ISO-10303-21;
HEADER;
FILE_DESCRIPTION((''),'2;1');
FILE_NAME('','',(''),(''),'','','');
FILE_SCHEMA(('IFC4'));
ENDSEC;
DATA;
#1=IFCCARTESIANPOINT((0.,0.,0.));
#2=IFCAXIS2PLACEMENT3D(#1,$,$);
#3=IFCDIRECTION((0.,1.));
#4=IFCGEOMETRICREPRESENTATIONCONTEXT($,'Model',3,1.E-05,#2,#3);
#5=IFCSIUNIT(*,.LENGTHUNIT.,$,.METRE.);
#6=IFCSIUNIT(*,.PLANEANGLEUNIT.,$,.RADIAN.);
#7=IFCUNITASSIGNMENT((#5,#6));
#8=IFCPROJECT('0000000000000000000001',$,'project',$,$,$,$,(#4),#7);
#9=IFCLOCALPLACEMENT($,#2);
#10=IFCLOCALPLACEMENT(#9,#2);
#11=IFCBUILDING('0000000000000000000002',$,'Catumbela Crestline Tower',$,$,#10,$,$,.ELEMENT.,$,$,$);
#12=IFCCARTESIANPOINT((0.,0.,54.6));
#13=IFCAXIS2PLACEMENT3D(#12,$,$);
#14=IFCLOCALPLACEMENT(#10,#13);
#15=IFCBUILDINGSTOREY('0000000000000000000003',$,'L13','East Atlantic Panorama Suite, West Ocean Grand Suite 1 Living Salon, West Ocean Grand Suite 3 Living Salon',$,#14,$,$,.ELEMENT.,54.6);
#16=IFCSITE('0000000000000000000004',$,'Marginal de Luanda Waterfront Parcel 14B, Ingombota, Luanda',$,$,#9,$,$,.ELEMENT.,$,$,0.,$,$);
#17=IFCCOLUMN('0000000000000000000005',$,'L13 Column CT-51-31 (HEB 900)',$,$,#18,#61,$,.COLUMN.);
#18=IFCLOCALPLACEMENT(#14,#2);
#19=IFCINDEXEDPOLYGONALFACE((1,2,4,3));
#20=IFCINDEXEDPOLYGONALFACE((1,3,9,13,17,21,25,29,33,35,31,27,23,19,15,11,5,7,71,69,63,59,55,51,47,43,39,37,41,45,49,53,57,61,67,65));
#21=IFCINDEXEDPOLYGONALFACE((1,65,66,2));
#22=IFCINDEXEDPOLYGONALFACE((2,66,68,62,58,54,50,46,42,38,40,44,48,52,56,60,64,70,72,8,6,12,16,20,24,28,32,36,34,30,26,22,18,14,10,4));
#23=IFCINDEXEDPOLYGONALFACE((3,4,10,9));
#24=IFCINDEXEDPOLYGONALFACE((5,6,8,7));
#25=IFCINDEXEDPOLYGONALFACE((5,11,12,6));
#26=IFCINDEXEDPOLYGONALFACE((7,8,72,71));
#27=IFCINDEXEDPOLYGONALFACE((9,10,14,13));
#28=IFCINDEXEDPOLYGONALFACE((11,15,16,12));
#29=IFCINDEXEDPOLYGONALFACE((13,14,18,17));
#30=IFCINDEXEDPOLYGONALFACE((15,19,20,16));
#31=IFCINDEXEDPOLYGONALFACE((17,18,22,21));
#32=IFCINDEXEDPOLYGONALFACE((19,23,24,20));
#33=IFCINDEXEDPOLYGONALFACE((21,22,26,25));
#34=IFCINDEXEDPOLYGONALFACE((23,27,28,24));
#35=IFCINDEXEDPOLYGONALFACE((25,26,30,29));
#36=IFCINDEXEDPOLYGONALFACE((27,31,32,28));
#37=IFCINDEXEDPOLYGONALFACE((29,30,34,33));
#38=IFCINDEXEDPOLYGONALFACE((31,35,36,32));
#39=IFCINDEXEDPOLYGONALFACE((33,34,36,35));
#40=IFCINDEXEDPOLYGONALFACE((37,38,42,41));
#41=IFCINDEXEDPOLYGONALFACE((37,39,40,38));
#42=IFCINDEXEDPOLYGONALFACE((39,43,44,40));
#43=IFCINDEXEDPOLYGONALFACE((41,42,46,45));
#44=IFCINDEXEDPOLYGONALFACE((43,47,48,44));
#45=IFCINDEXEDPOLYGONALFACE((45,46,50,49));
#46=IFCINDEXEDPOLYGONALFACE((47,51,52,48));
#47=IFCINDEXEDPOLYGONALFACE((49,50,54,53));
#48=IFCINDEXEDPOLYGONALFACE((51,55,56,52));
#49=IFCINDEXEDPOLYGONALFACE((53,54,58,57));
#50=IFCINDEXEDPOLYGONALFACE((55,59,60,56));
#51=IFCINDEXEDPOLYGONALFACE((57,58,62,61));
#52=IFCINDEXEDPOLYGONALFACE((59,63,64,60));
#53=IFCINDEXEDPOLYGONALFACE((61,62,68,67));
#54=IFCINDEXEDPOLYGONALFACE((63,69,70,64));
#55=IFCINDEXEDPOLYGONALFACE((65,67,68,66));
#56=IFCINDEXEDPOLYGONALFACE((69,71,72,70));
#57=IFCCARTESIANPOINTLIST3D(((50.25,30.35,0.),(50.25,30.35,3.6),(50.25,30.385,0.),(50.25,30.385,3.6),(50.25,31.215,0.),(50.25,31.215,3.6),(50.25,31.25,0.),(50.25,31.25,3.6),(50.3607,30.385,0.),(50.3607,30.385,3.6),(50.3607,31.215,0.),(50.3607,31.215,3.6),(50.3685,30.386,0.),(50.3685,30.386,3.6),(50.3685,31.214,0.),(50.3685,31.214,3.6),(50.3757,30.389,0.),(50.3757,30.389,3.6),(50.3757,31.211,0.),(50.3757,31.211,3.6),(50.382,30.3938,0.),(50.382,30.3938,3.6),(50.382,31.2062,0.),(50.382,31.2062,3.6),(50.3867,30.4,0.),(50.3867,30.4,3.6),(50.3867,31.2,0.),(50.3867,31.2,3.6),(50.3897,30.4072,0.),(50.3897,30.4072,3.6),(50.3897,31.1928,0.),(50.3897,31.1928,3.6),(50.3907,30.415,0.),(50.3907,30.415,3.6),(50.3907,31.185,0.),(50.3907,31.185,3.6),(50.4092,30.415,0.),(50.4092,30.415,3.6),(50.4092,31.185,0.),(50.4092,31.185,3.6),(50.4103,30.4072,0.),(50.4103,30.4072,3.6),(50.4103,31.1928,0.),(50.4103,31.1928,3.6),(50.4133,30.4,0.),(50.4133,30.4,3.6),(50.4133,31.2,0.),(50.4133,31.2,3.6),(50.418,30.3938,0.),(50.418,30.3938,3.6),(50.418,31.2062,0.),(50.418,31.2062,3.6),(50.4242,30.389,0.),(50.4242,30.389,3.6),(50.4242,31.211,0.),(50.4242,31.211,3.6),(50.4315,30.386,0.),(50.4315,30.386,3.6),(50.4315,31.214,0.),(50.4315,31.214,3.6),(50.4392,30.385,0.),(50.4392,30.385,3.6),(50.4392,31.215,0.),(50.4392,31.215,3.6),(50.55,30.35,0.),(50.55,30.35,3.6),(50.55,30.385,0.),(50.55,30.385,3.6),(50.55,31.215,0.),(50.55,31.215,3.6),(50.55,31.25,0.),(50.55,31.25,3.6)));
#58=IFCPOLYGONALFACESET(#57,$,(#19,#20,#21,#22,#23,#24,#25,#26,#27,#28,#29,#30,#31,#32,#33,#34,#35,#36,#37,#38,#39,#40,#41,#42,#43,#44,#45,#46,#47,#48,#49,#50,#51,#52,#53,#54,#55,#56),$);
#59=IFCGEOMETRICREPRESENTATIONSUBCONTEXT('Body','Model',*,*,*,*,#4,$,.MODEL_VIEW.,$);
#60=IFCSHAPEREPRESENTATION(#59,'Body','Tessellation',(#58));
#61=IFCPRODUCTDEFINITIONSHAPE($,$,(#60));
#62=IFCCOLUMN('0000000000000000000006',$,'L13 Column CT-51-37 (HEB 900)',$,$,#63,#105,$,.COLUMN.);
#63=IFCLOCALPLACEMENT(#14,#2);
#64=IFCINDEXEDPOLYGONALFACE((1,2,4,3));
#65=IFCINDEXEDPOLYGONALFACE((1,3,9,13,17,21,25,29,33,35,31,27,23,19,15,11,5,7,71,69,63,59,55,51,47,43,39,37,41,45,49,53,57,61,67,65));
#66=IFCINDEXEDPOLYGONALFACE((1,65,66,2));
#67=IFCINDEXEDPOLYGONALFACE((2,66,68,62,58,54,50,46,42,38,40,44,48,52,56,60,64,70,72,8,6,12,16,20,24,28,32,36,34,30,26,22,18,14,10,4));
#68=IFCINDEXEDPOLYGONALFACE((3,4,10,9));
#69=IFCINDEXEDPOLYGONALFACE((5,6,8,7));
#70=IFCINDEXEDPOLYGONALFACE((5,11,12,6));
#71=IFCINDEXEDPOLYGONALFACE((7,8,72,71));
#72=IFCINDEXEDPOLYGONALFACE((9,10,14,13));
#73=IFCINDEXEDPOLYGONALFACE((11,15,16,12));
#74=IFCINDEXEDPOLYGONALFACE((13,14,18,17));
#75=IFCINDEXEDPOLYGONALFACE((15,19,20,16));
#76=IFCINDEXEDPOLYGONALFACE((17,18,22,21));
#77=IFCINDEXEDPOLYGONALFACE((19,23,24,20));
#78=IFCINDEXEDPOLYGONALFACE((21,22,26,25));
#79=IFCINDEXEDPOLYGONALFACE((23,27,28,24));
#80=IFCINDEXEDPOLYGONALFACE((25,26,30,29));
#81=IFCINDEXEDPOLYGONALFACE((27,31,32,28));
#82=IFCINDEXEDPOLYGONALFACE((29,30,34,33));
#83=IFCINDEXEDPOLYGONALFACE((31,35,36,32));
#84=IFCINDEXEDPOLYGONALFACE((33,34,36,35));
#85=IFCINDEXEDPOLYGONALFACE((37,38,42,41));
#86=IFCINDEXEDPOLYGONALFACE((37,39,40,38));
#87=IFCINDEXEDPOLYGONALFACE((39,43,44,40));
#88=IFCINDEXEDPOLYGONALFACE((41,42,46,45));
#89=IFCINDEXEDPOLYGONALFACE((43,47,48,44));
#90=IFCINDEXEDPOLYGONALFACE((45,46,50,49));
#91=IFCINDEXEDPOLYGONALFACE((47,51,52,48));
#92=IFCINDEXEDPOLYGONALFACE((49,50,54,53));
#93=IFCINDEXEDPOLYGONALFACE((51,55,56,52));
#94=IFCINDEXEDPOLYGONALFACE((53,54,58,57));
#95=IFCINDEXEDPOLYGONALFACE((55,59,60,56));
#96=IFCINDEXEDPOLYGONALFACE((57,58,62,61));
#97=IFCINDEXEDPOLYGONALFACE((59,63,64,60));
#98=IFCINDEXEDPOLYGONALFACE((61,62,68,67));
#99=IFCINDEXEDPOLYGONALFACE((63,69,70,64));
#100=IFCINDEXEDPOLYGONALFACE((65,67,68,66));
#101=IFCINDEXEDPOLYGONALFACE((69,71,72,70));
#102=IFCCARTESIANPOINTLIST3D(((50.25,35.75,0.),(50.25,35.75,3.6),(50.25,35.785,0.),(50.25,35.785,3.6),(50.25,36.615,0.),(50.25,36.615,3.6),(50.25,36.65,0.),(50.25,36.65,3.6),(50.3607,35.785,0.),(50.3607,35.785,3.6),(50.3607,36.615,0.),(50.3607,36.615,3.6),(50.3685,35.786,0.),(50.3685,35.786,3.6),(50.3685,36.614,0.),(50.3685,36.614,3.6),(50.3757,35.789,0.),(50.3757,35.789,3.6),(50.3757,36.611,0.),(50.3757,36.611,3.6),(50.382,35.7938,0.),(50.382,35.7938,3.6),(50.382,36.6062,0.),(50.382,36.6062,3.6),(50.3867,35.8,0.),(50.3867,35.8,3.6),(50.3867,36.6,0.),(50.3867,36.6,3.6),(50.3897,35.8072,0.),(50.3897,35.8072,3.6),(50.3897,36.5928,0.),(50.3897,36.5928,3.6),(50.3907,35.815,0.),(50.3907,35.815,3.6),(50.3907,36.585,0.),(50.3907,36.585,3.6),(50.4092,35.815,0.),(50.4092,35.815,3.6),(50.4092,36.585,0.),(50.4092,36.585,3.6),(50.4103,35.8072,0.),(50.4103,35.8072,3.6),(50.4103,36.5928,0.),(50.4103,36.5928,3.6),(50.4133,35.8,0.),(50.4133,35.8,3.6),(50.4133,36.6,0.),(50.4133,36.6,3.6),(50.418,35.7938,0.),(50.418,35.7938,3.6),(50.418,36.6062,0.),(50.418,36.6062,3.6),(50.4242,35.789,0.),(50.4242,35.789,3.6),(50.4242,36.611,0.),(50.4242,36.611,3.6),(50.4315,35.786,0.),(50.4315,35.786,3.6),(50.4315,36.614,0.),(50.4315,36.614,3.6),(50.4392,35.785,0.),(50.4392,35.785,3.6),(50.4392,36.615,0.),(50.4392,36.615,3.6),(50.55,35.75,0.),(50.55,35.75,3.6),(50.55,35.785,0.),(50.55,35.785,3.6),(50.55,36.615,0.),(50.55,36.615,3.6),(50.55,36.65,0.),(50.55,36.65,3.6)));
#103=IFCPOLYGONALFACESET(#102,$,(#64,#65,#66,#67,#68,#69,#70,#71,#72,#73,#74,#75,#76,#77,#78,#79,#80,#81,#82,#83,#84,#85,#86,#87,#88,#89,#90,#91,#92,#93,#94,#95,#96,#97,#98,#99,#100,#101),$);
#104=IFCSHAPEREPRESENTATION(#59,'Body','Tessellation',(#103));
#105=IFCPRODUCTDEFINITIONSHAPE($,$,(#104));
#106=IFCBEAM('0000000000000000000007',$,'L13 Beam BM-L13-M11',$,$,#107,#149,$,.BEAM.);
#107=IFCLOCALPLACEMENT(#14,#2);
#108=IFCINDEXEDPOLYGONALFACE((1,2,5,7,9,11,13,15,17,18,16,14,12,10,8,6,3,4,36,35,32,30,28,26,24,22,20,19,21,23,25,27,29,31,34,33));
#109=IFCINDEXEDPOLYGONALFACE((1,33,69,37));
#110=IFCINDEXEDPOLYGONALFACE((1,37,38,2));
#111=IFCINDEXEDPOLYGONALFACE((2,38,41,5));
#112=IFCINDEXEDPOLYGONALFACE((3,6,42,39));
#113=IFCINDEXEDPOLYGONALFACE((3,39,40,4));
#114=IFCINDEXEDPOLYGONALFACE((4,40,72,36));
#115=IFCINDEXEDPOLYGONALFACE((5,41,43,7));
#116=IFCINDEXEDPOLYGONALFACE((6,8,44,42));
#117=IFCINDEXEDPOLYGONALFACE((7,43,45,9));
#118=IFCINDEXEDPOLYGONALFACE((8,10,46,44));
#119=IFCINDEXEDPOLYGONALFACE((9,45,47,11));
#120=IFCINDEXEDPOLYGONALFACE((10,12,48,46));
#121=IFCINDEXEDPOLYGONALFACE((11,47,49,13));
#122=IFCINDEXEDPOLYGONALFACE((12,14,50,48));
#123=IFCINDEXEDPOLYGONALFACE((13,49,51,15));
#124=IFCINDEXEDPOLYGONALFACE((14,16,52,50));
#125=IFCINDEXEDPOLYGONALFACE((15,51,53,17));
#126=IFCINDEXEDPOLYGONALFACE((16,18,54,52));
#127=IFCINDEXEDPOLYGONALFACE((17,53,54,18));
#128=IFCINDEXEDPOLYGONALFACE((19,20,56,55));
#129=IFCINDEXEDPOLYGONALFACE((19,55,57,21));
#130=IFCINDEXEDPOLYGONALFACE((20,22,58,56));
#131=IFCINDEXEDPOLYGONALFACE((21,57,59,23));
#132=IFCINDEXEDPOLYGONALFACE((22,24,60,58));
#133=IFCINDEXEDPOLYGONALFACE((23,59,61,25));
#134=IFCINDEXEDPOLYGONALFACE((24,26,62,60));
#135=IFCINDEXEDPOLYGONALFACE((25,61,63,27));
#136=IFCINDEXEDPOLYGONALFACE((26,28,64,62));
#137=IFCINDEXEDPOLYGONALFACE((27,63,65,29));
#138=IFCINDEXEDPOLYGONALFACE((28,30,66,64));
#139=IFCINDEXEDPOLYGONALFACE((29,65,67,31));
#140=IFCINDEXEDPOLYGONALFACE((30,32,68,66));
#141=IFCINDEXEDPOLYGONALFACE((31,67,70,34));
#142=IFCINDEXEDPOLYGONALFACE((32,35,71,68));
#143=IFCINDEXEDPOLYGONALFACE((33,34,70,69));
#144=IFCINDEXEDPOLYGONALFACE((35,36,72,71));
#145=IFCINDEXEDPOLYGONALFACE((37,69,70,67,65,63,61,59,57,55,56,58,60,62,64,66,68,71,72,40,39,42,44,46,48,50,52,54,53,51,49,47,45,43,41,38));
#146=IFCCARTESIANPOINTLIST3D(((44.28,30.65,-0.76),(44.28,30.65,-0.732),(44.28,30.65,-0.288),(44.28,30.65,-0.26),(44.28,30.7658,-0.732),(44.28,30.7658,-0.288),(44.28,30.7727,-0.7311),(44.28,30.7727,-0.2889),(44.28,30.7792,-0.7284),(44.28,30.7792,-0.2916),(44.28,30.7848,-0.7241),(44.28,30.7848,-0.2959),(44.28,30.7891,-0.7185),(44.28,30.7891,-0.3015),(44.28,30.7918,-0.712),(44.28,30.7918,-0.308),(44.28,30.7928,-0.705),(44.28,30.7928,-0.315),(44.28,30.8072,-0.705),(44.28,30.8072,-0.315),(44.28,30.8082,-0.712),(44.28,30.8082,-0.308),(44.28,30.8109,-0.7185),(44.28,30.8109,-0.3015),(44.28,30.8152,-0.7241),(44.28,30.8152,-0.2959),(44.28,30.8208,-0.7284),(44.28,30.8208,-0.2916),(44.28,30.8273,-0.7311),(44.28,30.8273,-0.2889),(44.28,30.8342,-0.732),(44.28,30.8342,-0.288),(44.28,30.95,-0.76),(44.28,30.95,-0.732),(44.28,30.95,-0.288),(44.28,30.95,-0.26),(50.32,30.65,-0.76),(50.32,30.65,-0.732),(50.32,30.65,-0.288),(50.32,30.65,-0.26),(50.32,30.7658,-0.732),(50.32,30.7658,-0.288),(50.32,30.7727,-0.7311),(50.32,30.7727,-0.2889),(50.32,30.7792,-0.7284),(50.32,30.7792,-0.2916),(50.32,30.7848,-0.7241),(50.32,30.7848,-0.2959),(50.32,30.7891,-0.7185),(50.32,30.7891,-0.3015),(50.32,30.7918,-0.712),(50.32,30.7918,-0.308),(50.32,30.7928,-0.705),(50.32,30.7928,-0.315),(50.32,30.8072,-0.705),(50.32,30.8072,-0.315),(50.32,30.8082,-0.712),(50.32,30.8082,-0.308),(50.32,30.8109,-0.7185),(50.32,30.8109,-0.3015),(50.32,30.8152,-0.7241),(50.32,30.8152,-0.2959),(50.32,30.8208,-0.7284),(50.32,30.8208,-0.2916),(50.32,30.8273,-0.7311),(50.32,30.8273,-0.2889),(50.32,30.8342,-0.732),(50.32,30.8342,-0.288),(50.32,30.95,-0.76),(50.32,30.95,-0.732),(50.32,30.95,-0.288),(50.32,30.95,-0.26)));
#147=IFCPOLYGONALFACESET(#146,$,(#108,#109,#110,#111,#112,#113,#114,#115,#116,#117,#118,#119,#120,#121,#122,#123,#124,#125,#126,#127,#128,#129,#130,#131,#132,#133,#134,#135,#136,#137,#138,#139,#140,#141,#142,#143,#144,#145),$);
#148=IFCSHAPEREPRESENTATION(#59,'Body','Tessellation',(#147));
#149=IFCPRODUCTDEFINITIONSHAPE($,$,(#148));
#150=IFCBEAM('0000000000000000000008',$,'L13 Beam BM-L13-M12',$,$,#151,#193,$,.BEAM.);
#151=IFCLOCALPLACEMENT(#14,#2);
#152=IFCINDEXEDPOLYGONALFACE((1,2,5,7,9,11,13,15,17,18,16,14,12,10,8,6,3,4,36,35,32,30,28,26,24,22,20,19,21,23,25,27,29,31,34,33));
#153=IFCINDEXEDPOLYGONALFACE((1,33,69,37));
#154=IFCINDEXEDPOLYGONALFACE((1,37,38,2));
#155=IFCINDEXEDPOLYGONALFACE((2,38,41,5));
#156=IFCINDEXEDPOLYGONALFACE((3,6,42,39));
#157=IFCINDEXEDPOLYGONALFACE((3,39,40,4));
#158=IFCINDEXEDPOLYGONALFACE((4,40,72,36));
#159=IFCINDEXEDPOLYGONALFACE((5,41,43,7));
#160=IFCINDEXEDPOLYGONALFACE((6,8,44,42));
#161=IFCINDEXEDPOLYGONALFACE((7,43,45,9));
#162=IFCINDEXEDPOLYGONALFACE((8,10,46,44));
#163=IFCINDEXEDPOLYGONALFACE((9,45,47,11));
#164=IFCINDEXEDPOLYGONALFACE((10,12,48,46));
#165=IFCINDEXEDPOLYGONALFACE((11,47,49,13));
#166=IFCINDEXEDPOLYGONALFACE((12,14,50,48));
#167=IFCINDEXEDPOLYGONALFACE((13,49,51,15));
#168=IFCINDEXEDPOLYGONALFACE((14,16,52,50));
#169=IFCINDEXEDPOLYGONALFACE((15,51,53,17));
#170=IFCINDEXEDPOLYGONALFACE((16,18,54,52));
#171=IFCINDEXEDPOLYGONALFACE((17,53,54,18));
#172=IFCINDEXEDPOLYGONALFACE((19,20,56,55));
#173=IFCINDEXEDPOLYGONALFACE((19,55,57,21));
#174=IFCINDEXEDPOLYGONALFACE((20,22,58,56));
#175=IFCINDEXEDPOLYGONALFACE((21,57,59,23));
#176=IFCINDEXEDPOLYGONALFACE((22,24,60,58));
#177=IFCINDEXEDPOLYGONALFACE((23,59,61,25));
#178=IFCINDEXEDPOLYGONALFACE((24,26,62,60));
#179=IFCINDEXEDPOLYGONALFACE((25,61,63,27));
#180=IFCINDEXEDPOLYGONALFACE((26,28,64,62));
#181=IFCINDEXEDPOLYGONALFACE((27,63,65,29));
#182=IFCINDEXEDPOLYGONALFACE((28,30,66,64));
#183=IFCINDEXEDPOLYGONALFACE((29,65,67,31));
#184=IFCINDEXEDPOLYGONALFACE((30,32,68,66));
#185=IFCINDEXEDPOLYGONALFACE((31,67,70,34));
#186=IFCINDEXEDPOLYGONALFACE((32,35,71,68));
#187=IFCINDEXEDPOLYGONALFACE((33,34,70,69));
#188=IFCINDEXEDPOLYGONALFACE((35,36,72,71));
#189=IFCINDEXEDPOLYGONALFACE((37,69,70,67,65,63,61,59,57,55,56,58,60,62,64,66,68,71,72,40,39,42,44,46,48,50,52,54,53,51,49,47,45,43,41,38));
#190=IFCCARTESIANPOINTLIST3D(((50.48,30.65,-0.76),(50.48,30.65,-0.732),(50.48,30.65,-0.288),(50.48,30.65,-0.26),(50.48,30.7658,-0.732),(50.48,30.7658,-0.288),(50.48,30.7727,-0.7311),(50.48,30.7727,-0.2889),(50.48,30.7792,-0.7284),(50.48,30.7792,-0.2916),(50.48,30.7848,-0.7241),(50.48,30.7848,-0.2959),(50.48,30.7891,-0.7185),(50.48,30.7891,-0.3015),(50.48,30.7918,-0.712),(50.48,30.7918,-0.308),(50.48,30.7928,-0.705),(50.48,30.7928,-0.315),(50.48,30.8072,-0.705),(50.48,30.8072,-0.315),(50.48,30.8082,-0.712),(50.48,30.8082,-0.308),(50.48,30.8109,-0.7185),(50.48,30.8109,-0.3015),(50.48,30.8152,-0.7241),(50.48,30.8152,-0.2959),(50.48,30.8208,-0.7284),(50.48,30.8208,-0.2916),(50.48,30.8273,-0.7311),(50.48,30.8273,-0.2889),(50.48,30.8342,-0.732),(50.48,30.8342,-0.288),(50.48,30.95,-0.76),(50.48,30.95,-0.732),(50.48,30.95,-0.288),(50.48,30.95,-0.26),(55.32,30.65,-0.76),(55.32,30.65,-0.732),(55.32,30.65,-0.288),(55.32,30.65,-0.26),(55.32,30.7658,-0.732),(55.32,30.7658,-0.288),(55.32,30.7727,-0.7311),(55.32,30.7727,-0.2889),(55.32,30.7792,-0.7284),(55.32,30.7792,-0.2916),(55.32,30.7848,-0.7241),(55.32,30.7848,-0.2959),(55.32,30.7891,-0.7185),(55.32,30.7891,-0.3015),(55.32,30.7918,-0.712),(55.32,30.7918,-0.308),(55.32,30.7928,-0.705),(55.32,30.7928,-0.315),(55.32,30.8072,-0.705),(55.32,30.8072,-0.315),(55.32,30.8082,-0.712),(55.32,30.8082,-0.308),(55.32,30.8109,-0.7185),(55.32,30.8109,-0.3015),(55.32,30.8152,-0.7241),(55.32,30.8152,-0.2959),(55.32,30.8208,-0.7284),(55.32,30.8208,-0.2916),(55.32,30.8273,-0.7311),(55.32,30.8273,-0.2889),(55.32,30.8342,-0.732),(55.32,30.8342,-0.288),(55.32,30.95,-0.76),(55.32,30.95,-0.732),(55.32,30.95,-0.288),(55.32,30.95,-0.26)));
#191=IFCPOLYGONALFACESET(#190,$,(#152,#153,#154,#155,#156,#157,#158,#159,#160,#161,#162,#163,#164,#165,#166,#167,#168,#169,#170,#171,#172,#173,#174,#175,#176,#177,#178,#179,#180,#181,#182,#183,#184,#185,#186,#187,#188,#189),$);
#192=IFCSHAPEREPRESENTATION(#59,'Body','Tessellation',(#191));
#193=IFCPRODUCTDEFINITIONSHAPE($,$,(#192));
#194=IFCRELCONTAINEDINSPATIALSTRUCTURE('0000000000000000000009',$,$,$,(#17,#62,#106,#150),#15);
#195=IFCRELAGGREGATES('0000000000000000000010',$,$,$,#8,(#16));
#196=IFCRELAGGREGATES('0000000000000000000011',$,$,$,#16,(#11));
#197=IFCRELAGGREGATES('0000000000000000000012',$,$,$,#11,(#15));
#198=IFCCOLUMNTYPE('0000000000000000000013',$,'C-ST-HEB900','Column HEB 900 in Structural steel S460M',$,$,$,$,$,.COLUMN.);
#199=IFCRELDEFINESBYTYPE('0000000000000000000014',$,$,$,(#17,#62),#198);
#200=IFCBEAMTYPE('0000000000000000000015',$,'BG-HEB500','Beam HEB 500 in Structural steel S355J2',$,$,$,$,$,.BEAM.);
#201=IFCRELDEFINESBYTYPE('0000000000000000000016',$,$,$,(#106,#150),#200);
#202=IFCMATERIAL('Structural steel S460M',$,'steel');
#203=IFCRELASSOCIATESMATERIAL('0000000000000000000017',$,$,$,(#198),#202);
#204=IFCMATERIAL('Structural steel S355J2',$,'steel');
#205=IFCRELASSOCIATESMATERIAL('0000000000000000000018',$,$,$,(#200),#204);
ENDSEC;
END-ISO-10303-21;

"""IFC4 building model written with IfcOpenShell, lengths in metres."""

from ifc_helpers import new_model, si_unit, direction, frame, origin, origin_2d, place, context, subcontext, project, spatial, i_section, extrude, material, material_profile, profile_set, type_object, element, save


model = new_model("IFC4")

# Units and contexts
model_context = context("Model", 3, precision=1e-05, world=origin(), true_north=direction((0.0, 1.0)))
body_context = subcontext(model_context, "Body", "Model", "MODEL_VIEW")
ifc_project = project(units=[si_unit("LENGTHUNIT", "METRE"), si_unit("PLANEANGLEUNIT", "RADIAN")], contexts=[model_context])

# Site, building, storey
site_placement = place(None, origin())
site = spatial("IfcSite", under=ifc_project, at=site_placement, Name="Marginal de Luanda Waterfront Parcel 14B, Ingombota, Luanda", CompositionType="ELEMENT", RefElevation=0.0)
building_placement = place(site_placement, origin())
building = spatial("IfcBuilding", under=site, at=building_placement, Name="Catumbela Crestline Tower", CompositionType="ELEMENT")
storey_placement = place(building_placement, frame((0.0, 0.0, 54.6)))
storey = spatial("IfcBuildingStorey", under=building, at=storey_placement, Name="L13", Description="East Atlantic Panorama Suite, West Ocean Grand Suite 1 Living Salon, West Ocean Grand Suite 3 Living Salon", CompositionType="ELEMENT", Elevation=54.6)

# Columns
ifc_material_1 = material(Name="Structural steel S460M", Category="steel")
ifc_material_profile_1 = material_profile(ifc_material_1, i_section(OverallWidth=0.3, OverallDepth=0.9, WebThickness=0.0185, FlangeThickness=0.035, FilletRadius=0.03, at=origin_2d()), Name="HEB 900")
ifc_profile_set_1 = profile_set([ifc_material_profile_1], Name="Structural steel S460M")
column_type_1 = type_object("IfcColumnType", Name="C-ST-HEB900", Description="Column HEB 900 in Structural steel S460M", PredefinedType="COLUMN", material=ifc_profile_set_1)
for number, where, z_axis, x_axis, name in (
    (1, (50.4, 30.8, 0.0), (0.0, 0.0, 1.0), (1.0, 0.0, 0.0), "L13 Column CT-51-31 (HEB 900)"),
    (2, (50.4, 36.2, 0.0), (0.0, 0.0, 1.0), (1.0, 0.0, 0.0), "L13 Column CT-51-37 (HEB 900)"),
):
    element("IfcColumn", number, at=place(storey_placement, frame(where, z_axis=z_axis, x_axis=x_axis)), inside=storey, type_object=column_type_1, Name=name, PredefinedType="COLUMN", context=body_context, shape_type="SweptSolid", body=[
        extrude(i_section(OverallWidth=0.3, OverallDepth=0.9, WebThickness=0.0185, FlangeThickness=0.035, FilletRadius=0.03, at=origin_2d()), origin(), (0.0, 0.0, 1.0), 3.6),
    ])

# Beams
ifc_material_2 = material(Name="Structural steel S355J2", Category="steel")
ifc_material_profile_2 = material_profile(ifc_material_2, i_section(OverallWidth=0.3, OverallDepth=0.5, WebThickness=0.0145, FlangeThickness=0.028, FilletRadius=0.027, at=origin_2d()), Name="HEB 500")
ifc_profile_set_2 = profile_set([ifc_material_profile_2], Name="Structural steel S355J2")
beam_type_1 = type_object("IfcBeamType", Name="BG-HEB500", Description="Beam HEB 500 in Structural steel S355J2", PredefinedType="BEAM", material=ifc_profile_set_2)
beam_1_placement = place(storey_placement, frame((44.28, 30.8, -0.51), z_axis=(1.0, 0.0, 0.0), x_axis=(0.0, 1.0, 0.0)))
element("IfcBeam", 3, at=beam_1_placement, inside=storey, type_object=beam_type_1, Name="L13 Beam BM-L13-M11", PredefinedType="BEAM", context=body_context, shape_type="SweptSolid", body=[
    extrude(i_section(OverallWidth=0.3, OverallDepth=0.5, WebThickness=0.0145, FlangeThickness=0.028, FilletRadius=0.027, at=origin_2d()), origin(), (0.0, 0.0, 1.0), 6.04),
])
beam_2_placement = place(storey_placement, frame((50.48, 30.8, -0.51), z_axis=(1.0, 0.0, 0.0), x_axis=(0.0, 1.0, 0.0)))
element("IfcBeam", 4, at=beam_2_placement, inside=storey, type_object=beam_type_1, Name="L13 Beam BM-L13-M12", PredefinedType="BEAM", context=body_context, shape_type="SweptSolid", body=[
    extrude(i_section(OverallWidth=0.3, OverallDepth=0.5, WebThickness=0.0145, FlangeThickness=0.028, FilletRadius=0.027, at=origin_2d()), origin(), (0.0, 0.0, 1.0), 4.84),
])

save(model, "model.ifc")
